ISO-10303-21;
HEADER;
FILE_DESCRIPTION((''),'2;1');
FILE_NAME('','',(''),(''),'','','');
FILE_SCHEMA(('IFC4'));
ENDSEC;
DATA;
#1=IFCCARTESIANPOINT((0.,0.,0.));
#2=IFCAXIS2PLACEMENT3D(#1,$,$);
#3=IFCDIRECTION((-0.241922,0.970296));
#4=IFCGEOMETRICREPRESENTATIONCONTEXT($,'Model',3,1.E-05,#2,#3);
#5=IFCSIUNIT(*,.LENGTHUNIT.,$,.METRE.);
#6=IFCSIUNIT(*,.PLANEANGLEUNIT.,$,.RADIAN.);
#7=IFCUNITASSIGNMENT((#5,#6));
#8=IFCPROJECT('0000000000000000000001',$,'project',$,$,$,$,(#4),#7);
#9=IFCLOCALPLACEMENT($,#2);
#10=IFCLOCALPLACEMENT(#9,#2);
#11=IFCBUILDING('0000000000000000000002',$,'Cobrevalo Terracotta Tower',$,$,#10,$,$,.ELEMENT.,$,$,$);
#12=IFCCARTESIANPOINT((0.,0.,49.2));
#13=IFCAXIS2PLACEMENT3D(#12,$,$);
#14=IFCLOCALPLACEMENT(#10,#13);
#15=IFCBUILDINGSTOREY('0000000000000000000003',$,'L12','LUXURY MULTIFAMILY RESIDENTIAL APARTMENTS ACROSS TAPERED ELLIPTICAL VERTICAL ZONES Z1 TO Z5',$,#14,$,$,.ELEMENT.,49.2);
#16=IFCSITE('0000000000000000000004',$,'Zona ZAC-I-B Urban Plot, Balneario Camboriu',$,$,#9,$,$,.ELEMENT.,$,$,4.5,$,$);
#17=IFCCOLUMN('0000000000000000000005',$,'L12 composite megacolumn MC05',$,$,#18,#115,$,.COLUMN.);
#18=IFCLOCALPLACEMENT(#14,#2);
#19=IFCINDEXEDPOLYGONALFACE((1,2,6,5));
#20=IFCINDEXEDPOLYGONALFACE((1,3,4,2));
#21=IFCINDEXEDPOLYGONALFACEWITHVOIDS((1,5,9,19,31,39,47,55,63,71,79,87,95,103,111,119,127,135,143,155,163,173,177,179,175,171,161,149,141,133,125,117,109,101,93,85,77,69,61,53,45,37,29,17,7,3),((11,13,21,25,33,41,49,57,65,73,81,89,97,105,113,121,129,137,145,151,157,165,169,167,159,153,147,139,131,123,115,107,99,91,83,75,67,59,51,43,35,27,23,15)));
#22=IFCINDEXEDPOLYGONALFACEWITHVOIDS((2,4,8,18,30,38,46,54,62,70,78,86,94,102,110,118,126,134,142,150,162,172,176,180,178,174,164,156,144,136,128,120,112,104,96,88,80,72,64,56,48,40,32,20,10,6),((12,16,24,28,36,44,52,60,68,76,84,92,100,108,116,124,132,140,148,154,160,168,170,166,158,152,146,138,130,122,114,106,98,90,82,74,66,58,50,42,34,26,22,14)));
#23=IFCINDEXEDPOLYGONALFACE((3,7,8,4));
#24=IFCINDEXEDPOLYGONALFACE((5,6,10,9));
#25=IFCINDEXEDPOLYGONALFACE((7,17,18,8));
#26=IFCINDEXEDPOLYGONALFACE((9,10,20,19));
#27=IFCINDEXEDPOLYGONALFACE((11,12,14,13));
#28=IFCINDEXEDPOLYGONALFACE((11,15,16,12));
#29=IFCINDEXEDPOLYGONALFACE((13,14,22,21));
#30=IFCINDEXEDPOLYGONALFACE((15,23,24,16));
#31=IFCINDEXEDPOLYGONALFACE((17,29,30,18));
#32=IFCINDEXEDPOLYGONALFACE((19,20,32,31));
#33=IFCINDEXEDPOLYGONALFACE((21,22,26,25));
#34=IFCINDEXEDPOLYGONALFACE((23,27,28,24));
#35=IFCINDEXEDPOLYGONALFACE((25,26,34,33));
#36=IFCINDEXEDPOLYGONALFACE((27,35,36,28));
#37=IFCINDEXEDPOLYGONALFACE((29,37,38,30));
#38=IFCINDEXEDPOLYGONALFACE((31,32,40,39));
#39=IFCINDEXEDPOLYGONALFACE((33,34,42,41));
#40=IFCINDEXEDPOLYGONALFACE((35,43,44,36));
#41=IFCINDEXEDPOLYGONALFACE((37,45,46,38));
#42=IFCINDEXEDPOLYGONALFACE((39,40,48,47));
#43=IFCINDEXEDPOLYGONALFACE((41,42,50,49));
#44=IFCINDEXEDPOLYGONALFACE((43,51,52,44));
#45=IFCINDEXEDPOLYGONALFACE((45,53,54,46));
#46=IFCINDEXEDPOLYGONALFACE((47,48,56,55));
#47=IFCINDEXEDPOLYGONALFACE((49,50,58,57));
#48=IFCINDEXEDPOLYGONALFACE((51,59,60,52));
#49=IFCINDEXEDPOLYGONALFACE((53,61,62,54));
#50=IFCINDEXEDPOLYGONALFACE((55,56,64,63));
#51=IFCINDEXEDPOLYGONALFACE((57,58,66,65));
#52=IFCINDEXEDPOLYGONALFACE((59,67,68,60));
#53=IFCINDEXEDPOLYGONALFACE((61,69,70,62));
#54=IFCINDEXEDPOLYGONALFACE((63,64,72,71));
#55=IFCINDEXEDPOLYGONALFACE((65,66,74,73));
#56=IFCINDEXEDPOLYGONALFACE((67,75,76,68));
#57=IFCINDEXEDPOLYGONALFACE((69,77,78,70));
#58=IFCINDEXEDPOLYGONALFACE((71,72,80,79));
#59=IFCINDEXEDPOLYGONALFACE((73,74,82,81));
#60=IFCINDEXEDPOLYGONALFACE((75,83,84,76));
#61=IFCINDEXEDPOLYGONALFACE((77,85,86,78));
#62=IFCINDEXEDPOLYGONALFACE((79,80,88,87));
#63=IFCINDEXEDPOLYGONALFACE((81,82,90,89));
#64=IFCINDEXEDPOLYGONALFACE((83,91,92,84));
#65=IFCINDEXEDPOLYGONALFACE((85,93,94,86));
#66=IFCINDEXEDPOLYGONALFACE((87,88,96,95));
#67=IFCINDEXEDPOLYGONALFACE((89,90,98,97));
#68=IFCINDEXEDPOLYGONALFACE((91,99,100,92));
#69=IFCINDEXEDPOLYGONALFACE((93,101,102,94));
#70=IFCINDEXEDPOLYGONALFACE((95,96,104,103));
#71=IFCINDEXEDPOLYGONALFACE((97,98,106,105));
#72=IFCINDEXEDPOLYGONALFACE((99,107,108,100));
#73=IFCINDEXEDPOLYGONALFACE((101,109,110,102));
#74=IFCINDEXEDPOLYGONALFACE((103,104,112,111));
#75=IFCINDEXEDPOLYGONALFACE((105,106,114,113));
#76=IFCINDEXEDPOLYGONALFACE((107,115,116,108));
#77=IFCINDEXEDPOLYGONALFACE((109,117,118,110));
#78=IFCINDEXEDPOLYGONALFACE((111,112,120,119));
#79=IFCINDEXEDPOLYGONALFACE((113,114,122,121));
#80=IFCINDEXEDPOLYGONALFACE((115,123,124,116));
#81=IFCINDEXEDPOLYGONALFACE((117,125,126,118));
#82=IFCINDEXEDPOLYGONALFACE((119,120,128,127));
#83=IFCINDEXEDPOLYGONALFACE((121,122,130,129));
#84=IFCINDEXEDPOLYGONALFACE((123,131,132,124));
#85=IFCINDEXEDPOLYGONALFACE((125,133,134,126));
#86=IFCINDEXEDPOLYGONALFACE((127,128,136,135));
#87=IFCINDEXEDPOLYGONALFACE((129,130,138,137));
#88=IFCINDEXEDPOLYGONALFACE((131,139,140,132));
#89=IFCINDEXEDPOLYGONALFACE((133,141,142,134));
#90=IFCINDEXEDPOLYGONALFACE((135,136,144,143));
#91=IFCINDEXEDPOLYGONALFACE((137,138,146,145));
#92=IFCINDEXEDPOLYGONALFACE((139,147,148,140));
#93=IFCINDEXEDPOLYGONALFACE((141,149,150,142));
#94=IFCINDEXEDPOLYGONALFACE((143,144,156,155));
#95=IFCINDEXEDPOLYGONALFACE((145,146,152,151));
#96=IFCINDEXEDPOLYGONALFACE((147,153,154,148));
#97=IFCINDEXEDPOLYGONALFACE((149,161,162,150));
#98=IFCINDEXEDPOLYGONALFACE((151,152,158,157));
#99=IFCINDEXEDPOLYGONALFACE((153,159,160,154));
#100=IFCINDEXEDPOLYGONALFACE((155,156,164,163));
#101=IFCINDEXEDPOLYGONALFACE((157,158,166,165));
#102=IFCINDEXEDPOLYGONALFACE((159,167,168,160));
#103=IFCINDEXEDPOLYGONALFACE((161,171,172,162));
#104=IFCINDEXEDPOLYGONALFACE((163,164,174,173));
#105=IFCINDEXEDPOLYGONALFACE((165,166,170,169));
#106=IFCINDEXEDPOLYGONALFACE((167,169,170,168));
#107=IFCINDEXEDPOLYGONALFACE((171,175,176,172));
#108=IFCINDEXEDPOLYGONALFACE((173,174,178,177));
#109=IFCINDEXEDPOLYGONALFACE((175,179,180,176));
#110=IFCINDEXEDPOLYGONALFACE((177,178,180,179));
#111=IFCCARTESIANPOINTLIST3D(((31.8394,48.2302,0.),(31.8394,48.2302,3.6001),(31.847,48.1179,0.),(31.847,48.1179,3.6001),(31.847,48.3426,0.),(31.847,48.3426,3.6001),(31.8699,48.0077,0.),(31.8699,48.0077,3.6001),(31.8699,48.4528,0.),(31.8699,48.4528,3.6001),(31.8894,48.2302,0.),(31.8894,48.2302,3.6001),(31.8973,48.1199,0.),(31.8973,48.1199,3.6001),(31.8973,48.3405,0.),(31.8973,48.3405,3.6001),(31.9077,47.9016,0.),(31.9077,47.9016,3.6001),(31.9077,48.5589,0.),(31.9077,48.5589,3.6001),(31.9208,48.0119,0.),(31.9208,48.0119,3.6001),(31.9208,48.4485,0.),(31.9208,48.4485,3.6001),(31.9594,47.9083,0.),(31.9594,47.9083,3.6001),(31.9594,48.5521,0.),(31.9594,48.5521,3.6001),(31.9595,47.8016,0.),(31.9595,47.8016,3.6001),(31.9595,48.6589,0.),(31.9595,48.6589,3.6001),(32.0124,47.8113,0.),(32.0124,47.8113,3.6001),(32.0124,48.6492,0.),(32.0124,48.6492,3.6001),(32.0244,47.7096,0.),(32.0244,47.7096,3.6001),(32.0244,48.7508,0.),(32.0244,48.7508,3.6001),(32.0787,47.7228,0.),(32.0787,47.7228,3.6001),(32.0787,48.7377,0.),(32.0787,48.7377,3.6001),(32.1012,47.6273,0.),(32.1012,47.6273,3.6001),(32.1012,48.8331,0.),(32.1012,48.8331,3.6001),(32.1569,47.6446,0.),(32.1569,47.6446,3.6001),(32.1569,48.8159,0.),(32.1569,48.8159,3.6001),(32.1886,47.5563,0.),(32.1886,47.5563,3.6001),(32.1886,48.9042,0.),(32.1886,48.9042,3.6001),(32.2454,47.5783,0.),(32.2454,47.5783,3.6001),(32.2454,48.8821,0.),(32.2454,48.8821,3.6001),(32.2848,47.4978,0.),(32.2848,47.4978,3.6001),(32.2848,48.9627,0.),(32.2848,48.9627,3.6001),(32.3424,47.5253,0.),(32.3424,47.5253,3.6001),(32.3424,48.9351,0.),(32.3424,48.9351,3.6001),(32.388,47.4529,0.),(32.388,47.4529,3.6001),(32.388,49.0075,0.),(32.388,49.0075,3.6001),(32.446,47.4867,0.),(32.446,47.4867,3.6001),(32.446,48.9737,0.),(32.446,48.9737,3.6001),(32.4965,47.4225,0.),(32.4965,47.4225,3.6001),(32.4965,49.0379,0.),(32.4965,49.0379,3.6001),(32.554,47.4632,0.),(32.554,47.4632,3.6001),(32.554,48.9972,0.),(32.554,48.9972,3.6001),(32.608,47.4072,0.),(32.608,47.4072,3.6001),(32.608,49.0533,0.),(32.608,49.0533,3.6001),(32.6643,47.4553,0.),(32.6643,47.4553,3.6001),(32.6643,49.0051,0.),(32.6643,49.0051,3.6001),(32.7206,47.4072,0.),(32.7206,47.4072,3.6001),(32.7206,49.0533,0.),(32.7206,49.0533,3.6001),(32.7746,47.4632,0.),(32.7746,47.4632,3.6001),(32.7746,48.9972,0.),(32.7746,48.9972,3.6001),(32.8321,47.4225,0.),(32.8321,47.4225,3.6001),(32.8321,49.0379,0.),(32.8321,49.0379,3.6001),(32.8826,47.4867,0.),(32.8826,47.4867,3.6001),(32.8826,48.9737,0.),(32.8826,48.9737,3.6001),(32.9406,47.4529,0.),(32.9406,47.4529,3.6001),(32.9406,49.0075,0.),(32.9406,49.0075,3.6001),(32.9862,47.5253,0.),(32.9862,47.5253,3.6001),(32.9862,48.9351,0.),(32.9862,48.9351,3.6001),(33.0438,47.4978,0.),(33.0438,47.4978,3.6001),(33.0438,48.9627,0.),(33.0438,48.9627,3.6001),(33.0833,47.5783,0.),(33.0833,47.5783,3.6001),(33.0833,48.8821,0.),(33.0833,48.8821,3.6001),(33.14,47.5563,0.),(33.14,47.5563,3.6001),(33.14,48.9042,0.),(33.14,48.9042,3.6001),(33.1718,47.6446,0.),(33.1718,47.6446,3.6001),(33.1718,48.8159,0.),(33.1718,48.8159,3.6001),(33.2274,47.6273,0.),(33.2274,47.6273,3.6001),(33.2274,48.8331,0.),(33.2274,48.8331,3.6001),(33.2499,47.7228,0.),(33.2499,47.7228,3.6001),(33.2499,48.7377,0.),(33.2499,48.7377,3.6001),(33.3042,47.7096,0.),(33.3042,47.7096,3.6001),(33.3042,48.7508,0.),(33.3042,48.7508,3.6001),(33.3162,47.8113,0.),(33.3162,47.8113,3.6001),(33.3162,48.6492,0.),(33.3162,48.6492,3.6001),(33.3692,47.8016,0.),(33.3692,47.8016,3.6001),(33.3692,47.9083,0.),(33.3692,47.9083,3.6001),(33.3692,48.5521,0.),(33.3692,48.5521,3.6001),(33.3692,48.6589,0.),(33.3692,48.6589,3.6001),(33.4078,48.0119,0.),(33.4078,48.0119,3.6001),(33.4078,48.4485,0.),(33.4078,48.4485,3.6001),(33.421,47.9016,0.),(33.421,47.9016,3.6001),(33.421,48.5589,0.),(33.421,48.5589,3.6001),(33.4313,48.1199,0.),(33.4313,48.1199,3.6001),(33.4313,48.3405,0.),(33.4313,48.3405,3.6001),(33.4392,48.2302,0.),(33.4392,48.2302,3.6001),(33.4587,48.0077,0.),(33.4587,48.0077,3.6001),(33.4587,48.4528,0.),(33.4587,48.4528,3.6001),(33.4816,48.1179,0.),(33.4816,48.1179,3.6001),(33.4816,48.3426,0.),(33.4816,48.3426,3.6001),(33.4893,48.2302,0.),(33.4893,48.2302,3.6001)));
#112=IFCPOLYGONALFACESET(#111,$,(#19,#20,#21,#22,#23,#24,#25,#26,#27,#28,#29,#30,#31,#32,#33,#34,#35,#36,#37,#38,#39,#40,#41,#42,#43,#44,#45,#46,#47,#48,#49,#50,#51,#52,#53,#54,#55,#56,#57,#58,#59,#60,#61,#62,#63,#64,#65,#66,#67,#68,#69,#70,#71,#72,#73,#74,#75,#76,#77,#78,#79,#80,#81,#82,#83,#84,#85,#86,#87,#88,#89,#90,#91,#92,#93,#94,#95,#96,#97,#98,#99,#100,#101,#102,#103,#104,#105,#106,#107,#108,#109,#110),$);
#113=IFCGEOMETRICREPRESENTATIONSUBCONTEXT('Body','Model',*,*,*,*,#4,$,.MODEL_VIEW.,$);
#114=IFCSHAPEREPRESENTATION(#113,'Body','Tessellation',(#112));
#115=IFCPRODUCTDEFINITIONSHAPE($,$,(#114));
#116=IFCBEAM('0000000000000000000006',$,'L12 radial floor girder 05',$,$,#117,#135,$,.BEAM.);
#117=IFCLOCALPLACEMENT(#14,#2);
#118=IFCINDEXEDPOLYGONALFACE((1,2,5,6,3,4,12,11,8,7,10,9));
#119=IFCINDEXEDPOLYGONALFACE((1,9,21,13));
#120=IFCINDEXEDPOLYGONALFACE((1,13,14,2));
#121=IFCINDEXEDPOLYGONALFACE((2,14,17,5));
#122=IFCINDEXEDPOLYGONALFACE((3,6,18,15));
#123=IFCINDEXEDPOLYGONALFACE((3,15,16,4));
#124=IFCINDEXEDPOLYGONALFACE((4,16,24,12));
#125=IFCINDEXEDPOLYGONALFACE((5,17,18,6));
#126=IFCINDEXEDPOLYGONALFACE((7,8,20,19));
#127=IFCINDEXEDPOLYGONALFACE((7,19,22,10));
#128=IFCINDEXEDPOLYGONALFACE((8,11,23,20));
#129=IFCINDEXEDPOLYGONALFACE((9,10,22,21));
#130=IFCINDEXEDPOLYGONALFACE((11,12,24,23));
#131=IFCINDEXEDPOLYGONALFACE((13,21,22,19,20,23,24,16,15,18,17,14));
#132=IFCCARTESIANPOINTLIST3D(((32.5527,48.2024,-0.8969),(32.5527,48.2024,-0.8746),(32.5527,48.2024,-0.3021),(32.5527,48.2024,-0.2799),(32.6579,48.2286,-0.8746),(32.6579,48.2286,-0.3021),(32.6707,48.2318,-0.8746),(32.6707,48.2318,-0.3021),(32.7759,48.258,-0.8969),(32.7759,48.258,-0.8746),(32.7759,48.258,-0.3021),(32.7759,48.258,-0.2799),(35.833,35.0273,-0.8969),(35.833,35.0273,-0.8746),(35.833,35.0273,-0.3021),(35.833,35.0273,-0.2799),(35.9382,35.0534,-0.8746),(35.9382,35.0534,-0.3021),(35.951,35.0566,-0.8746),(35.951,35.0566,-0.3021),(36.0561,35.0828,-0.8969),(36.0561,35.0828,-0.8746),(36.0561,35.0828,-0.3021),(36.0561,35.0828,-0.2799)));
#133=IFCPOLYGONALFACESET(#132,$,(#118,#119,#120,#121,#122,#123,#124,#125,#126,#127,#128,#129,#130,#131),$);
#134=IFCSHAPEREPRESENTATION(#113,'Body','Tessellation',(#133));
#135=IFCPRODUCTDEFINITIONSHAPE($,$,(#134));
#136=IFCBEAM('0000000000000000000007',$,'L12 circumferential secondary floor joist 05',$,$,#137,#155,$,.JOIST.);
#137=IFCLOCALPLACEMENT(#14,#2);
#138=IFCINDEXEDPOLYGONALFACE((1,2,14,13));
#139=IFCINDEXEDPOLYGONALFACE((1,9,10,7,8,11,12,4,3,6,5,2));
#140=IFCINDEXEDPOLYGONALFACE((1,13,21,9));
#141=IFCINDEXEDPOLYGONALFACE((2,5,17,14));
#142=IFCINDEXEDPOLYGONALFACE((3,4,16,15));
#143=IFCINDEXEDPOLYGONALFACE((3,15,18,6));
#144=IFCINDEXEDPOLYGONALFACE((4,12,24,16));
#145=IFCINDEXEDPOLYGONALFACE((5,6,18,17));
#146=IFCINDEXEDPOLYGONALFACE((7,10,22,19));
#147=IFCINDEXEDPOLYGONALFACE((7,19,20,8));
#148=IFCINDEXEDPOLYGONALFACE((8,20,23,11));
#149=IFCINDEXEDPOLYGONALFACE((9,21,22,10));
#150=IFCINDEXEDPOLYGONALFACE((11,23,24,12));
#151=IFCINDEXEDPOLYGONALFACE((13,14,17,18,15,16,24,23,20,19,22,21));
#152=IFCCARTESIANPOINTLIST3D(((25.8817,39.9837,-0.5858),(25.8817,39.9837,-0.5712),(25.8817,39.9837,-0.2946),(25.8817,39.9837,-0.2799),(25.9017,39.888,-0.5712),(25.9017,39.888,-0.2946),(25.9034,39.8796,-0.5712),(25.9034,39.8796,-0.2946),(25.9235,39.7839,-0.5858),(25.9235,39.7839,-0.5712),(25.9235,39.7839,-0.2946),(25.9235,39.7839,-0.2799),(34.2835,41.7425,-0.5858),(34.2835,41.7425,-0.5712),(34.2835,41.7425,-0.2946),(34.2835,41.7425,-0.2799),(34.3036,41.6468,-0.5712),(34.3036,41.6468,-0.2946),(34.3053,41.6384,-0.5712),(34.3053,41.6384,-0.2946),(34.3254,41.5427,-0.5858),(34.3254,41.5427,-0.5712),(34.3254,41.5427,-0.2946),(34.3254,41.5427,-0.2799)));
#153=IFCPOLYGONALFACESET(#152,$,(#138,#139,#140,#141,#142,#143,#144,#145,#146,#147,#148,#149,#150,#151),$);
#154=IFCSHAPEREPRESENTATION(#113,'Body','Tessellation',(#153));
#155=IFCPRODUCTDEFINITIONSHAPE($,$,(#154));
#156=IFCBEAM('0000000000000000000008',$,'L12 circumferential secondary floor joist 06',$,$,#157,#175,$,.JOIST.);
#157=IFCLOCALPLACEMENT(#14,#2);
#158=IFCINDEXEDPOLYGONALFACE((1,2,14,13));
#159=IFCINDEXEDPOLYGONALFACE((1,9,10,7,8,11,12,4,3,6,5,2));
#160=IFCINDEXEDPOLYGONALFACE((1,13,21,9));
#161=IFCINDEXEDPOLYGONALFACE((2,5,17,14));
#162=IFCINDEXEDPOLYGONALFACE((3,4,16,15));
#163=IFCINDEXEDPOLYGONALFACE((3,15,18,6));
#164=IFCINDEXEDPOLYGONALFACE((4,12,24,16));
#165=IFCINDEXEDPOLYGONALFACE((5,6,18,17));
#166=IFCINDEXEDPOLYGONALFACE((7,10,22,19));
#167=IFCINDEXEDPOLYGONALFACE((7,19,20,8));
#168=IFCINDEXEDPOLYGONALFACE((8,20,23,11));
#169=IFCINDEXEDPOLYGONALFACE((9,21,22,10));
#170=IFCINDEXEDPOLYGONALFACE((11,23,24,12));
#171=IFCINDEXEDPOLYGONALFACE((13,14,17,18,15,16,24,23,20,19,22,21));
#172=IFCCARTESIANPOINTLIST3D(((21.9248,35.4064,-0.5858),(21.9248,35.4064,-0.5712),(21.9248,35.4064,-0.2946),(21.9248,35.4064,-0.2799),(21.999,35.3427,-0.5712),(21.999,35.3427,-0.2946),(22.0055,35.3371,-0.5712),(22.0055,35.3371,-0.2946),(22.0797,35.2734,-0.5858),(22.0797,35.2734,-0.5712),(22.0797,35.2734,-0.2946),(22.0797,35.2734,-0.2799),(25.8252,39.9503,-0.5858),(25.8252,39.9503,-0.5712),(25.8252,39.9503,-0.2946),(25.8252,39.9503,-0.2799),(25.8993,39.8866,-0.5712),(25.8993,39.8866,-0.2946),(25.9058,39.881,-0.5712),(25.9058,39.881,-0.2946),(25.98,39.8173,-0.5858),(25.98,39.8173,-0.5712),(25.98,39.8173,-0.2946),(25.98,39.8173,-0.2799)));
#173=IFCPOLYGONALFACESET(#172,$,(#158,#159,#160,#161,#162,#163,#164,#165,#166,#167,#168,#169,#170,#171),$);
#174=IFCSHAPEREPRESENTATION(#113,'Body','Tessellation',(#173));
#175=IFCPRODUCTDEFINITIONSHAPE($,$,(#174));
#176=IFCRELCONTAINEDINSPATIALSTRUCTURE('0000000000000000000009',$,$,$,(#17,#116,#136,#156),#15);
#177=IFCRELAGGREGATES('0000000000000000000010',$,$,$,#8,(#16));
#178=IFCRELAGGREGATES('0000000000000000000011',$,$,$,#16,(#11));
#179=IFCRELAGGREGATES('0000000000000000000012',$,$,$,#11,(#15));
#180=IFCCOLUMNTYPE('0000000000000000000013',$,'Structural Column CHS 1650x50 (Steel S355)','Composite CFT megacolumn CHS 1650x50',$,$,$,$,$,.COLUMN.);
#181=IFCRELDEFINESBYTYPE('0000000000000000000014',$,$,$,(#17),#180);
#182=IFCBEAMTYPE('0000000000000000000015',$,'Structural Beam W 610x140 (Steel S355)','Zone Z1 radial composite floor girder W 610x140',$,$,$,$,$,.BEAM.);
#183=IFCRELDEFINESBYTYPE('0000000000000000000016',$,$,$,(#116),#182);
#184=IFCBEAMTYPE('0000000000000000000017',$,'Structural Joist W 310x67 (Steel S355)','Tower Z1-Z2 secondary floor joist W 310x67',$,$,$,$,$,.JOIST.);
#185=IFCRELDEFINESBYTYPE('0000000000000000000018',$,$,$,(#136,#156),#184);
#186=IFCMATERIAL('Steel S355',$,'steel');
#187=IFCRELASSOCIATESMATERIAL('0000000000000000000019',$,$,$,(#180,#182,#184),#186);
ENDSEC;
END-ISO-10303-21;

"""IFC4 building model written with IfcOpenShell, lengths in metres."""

from ifc_helpers import new_model, si_unit, direction, frame, origin, origin_2d, place, context, subcontext, project, spatial, hollow_circle, i_section, extrude, material, material_profile, profile_set, type_object, element, save


model = new_model("IFC4")

# Units and contexts
model_context = context("Model", 3, precision=1e-05, world=origin(), true_north=direction((-0.241922, 0.970296)))
body_context = subcontext(model_context, "Body", "Model", "MODEL_VIEW")
ifc_project = project(units=[si_unit("LENGTHUNIT", "METRE"), si_unit("PLANEANGLEUNIT", "RADIAN")], contexts=[model_context])

# Site, building, storey
site_placement = place(None, origin())
site = spatial("IfcSite", under=ifc_project, at=site_placement, Name="Zona ZAC-I-B Urban Plot, Balneario Camboriu", CompositionType="ELEMENT", RefElevation=4.5)
building_placement = place(site_placement, origin())
building = spatial("IfcBuilding", under=site, at=building_placement, Name="Cobrevalo Terracotta Tower", CompositionType="ELEMENT")
storey_placement = place(building_placement, frame((0.0, 0.0, 49.2)))
storey = spatial("IfcBuildingStorey", under=building, at=storey_placement, Name="L12", Description="LUXURY MULTIFAMILY RESIDENTIAL APARTMENTS ACROSS TAPERED ELLIPTICAL VERTICAL ZONES Z1 TO Z5", CompositionType="ELEMENT", Elevation=49.2)

# Column
ifc_material_1 = material(Name="Steel S355", Category="steel")
ifc_material_profile_1 = material_profile(ifc_material_1, hollow_circle(Radius=0.825, WallThickness=0.05, at=origin_2d()), Name="CHS 1650x50")
ifc_profile_set_1 = profile_set([ifc_material_profile_1], Name="Steel S355")
column_type = type_object("IfcColumnType", Name="Structural Column CHS 1650x50 (Steel S355)", Description="Composite CFT megacolumn CHS 1650x50", PredefinedType="COLUMN", material=ifc_profile_set_1)
column_placement = place(storey_placement, frame((32.6643, 48.2302, 0.0), z_axis=(0.0, 0.0, 1.0), x_axis=(1.0, 0.0, 0.0)))
element("IfcColumn", 1, at=column_placement, inside=storey, type_object=column_type, Name="L12 composite megacolumn MC05", PredefinedType="COLUMN", context=body_context, shape_type="SweptSolid", body=[
    extrude(hollow_circle(Radius=0.825, WallThickness=0.05, at=origin_2d()), origin(), (0.0, 0.0, 1.0), 3.6001),
])

# Beams
ifc_material_profile_2 = material_profile(ifc_material_1, i_section(OverallWidth=0.23, OverallDepth=0.6169, WebThickness=0.0132, FlangeThickness=0.0222, at=origin_2d()), Name="W 610x140")
ifc_profile_set_2 = profile_set([ifc_material_profile_2], Name="Steel S355")
beam_type_1 = type_object("IfcBeamType", Name="Structural Beam W 610x140 (Steel S355)", Description="Zone Z1 radial composite floor girder W 610x140", PredefinedType="BEAM", material=ifc_profile_set_2)
beam_1_placement = place(storey_placement, frame((32.6643, 48.2302, -0.5884), z_axis=(0.241596, -0.970377, 0.0), x_axis=(0.970377, 0.241596, 0.0)))
element("IfcBeam", 2, at=beam_1_placement, inside=storey, type_object=beam_type_1, Name="L12 radial floor girder 05", PredefinedType="BEAM", context=body_context, shape_type="SweptSolid", body=[
    extrude(i_section(OverallWidth=0.23, OverallDepth=0.6169, WebThickness=0.0132, FlangeThickness=0.0222, at=origin_2d()), origin(), (0.0, 0.0, 1.0), 13.5774),
])
ifc_material_profile_3 = material_profile(ifc_material_1, i_section(OverallWidth=0.2041, OverallDepth=0.3059, WebThickness=0.0085, FlangeThickness=0.0146, at=origin_2d()), Name="W 310x67")
ifc_profile_set_3 = profile_set([ifc_material_profile_3], Name="Steel S355")
beam_type_2 = type_object("IfcBeamType", Name="Structural Joist W 310x67 (Steel S355)", Description="Tower Z1-Z2 secondary floor joist W 310x67", PredefinedType="JOIST", material=ifc_profile_set_3)
beam_2_placement = place(storey_placement, frame((34.3044, 41.6426, -0.4329), z_axis=(-0.978785, -0.204892, 0.0), x_axis=(0.204892, -0.978785, 0.0)))
element("IfcBeam", 3, at=beam_2_placement, inside=storey, type_object=beam_type_2, Name="L12 circumferential secondary floor joist 05", PredefinedType="JOIST", context=body_context, shape_type="SweptSolid", body=[
    extrude(i_section(OverallWidth=0.2041, OverallDepth=0.3059, WebThickness=0.0085, FlangeThickness=0.0146, at=origin_2d()), origin(), (0.0, 0.0, 1.0), 8.584),
])
beam_3_placement = place(storey_placement, frame((25.9026, 39.8838, -0.4329), z_axis=(-0.651328, -0.758796, 0.0), x_axis=(0.758796, -0.651328, 0.0)))
element("IfcBeam", 4, at=beam_3_placement, inside=storey, type_object=beam_type_2, Name="L12 circumferential secondary floor joist 06", PredefinedType="JOIST", context=body_context, shape_type="SweptSolid", body=[
    extrude(i_section(OverallWidth=0.2041, OverallDepth=0.3059, WebThickness=0.0085, FlangeThickness=0.0146, at=origin_2d()), origin(), (0.0, 0.0, 1.0), 5.9883),
])

save(model, "model.ifc")
